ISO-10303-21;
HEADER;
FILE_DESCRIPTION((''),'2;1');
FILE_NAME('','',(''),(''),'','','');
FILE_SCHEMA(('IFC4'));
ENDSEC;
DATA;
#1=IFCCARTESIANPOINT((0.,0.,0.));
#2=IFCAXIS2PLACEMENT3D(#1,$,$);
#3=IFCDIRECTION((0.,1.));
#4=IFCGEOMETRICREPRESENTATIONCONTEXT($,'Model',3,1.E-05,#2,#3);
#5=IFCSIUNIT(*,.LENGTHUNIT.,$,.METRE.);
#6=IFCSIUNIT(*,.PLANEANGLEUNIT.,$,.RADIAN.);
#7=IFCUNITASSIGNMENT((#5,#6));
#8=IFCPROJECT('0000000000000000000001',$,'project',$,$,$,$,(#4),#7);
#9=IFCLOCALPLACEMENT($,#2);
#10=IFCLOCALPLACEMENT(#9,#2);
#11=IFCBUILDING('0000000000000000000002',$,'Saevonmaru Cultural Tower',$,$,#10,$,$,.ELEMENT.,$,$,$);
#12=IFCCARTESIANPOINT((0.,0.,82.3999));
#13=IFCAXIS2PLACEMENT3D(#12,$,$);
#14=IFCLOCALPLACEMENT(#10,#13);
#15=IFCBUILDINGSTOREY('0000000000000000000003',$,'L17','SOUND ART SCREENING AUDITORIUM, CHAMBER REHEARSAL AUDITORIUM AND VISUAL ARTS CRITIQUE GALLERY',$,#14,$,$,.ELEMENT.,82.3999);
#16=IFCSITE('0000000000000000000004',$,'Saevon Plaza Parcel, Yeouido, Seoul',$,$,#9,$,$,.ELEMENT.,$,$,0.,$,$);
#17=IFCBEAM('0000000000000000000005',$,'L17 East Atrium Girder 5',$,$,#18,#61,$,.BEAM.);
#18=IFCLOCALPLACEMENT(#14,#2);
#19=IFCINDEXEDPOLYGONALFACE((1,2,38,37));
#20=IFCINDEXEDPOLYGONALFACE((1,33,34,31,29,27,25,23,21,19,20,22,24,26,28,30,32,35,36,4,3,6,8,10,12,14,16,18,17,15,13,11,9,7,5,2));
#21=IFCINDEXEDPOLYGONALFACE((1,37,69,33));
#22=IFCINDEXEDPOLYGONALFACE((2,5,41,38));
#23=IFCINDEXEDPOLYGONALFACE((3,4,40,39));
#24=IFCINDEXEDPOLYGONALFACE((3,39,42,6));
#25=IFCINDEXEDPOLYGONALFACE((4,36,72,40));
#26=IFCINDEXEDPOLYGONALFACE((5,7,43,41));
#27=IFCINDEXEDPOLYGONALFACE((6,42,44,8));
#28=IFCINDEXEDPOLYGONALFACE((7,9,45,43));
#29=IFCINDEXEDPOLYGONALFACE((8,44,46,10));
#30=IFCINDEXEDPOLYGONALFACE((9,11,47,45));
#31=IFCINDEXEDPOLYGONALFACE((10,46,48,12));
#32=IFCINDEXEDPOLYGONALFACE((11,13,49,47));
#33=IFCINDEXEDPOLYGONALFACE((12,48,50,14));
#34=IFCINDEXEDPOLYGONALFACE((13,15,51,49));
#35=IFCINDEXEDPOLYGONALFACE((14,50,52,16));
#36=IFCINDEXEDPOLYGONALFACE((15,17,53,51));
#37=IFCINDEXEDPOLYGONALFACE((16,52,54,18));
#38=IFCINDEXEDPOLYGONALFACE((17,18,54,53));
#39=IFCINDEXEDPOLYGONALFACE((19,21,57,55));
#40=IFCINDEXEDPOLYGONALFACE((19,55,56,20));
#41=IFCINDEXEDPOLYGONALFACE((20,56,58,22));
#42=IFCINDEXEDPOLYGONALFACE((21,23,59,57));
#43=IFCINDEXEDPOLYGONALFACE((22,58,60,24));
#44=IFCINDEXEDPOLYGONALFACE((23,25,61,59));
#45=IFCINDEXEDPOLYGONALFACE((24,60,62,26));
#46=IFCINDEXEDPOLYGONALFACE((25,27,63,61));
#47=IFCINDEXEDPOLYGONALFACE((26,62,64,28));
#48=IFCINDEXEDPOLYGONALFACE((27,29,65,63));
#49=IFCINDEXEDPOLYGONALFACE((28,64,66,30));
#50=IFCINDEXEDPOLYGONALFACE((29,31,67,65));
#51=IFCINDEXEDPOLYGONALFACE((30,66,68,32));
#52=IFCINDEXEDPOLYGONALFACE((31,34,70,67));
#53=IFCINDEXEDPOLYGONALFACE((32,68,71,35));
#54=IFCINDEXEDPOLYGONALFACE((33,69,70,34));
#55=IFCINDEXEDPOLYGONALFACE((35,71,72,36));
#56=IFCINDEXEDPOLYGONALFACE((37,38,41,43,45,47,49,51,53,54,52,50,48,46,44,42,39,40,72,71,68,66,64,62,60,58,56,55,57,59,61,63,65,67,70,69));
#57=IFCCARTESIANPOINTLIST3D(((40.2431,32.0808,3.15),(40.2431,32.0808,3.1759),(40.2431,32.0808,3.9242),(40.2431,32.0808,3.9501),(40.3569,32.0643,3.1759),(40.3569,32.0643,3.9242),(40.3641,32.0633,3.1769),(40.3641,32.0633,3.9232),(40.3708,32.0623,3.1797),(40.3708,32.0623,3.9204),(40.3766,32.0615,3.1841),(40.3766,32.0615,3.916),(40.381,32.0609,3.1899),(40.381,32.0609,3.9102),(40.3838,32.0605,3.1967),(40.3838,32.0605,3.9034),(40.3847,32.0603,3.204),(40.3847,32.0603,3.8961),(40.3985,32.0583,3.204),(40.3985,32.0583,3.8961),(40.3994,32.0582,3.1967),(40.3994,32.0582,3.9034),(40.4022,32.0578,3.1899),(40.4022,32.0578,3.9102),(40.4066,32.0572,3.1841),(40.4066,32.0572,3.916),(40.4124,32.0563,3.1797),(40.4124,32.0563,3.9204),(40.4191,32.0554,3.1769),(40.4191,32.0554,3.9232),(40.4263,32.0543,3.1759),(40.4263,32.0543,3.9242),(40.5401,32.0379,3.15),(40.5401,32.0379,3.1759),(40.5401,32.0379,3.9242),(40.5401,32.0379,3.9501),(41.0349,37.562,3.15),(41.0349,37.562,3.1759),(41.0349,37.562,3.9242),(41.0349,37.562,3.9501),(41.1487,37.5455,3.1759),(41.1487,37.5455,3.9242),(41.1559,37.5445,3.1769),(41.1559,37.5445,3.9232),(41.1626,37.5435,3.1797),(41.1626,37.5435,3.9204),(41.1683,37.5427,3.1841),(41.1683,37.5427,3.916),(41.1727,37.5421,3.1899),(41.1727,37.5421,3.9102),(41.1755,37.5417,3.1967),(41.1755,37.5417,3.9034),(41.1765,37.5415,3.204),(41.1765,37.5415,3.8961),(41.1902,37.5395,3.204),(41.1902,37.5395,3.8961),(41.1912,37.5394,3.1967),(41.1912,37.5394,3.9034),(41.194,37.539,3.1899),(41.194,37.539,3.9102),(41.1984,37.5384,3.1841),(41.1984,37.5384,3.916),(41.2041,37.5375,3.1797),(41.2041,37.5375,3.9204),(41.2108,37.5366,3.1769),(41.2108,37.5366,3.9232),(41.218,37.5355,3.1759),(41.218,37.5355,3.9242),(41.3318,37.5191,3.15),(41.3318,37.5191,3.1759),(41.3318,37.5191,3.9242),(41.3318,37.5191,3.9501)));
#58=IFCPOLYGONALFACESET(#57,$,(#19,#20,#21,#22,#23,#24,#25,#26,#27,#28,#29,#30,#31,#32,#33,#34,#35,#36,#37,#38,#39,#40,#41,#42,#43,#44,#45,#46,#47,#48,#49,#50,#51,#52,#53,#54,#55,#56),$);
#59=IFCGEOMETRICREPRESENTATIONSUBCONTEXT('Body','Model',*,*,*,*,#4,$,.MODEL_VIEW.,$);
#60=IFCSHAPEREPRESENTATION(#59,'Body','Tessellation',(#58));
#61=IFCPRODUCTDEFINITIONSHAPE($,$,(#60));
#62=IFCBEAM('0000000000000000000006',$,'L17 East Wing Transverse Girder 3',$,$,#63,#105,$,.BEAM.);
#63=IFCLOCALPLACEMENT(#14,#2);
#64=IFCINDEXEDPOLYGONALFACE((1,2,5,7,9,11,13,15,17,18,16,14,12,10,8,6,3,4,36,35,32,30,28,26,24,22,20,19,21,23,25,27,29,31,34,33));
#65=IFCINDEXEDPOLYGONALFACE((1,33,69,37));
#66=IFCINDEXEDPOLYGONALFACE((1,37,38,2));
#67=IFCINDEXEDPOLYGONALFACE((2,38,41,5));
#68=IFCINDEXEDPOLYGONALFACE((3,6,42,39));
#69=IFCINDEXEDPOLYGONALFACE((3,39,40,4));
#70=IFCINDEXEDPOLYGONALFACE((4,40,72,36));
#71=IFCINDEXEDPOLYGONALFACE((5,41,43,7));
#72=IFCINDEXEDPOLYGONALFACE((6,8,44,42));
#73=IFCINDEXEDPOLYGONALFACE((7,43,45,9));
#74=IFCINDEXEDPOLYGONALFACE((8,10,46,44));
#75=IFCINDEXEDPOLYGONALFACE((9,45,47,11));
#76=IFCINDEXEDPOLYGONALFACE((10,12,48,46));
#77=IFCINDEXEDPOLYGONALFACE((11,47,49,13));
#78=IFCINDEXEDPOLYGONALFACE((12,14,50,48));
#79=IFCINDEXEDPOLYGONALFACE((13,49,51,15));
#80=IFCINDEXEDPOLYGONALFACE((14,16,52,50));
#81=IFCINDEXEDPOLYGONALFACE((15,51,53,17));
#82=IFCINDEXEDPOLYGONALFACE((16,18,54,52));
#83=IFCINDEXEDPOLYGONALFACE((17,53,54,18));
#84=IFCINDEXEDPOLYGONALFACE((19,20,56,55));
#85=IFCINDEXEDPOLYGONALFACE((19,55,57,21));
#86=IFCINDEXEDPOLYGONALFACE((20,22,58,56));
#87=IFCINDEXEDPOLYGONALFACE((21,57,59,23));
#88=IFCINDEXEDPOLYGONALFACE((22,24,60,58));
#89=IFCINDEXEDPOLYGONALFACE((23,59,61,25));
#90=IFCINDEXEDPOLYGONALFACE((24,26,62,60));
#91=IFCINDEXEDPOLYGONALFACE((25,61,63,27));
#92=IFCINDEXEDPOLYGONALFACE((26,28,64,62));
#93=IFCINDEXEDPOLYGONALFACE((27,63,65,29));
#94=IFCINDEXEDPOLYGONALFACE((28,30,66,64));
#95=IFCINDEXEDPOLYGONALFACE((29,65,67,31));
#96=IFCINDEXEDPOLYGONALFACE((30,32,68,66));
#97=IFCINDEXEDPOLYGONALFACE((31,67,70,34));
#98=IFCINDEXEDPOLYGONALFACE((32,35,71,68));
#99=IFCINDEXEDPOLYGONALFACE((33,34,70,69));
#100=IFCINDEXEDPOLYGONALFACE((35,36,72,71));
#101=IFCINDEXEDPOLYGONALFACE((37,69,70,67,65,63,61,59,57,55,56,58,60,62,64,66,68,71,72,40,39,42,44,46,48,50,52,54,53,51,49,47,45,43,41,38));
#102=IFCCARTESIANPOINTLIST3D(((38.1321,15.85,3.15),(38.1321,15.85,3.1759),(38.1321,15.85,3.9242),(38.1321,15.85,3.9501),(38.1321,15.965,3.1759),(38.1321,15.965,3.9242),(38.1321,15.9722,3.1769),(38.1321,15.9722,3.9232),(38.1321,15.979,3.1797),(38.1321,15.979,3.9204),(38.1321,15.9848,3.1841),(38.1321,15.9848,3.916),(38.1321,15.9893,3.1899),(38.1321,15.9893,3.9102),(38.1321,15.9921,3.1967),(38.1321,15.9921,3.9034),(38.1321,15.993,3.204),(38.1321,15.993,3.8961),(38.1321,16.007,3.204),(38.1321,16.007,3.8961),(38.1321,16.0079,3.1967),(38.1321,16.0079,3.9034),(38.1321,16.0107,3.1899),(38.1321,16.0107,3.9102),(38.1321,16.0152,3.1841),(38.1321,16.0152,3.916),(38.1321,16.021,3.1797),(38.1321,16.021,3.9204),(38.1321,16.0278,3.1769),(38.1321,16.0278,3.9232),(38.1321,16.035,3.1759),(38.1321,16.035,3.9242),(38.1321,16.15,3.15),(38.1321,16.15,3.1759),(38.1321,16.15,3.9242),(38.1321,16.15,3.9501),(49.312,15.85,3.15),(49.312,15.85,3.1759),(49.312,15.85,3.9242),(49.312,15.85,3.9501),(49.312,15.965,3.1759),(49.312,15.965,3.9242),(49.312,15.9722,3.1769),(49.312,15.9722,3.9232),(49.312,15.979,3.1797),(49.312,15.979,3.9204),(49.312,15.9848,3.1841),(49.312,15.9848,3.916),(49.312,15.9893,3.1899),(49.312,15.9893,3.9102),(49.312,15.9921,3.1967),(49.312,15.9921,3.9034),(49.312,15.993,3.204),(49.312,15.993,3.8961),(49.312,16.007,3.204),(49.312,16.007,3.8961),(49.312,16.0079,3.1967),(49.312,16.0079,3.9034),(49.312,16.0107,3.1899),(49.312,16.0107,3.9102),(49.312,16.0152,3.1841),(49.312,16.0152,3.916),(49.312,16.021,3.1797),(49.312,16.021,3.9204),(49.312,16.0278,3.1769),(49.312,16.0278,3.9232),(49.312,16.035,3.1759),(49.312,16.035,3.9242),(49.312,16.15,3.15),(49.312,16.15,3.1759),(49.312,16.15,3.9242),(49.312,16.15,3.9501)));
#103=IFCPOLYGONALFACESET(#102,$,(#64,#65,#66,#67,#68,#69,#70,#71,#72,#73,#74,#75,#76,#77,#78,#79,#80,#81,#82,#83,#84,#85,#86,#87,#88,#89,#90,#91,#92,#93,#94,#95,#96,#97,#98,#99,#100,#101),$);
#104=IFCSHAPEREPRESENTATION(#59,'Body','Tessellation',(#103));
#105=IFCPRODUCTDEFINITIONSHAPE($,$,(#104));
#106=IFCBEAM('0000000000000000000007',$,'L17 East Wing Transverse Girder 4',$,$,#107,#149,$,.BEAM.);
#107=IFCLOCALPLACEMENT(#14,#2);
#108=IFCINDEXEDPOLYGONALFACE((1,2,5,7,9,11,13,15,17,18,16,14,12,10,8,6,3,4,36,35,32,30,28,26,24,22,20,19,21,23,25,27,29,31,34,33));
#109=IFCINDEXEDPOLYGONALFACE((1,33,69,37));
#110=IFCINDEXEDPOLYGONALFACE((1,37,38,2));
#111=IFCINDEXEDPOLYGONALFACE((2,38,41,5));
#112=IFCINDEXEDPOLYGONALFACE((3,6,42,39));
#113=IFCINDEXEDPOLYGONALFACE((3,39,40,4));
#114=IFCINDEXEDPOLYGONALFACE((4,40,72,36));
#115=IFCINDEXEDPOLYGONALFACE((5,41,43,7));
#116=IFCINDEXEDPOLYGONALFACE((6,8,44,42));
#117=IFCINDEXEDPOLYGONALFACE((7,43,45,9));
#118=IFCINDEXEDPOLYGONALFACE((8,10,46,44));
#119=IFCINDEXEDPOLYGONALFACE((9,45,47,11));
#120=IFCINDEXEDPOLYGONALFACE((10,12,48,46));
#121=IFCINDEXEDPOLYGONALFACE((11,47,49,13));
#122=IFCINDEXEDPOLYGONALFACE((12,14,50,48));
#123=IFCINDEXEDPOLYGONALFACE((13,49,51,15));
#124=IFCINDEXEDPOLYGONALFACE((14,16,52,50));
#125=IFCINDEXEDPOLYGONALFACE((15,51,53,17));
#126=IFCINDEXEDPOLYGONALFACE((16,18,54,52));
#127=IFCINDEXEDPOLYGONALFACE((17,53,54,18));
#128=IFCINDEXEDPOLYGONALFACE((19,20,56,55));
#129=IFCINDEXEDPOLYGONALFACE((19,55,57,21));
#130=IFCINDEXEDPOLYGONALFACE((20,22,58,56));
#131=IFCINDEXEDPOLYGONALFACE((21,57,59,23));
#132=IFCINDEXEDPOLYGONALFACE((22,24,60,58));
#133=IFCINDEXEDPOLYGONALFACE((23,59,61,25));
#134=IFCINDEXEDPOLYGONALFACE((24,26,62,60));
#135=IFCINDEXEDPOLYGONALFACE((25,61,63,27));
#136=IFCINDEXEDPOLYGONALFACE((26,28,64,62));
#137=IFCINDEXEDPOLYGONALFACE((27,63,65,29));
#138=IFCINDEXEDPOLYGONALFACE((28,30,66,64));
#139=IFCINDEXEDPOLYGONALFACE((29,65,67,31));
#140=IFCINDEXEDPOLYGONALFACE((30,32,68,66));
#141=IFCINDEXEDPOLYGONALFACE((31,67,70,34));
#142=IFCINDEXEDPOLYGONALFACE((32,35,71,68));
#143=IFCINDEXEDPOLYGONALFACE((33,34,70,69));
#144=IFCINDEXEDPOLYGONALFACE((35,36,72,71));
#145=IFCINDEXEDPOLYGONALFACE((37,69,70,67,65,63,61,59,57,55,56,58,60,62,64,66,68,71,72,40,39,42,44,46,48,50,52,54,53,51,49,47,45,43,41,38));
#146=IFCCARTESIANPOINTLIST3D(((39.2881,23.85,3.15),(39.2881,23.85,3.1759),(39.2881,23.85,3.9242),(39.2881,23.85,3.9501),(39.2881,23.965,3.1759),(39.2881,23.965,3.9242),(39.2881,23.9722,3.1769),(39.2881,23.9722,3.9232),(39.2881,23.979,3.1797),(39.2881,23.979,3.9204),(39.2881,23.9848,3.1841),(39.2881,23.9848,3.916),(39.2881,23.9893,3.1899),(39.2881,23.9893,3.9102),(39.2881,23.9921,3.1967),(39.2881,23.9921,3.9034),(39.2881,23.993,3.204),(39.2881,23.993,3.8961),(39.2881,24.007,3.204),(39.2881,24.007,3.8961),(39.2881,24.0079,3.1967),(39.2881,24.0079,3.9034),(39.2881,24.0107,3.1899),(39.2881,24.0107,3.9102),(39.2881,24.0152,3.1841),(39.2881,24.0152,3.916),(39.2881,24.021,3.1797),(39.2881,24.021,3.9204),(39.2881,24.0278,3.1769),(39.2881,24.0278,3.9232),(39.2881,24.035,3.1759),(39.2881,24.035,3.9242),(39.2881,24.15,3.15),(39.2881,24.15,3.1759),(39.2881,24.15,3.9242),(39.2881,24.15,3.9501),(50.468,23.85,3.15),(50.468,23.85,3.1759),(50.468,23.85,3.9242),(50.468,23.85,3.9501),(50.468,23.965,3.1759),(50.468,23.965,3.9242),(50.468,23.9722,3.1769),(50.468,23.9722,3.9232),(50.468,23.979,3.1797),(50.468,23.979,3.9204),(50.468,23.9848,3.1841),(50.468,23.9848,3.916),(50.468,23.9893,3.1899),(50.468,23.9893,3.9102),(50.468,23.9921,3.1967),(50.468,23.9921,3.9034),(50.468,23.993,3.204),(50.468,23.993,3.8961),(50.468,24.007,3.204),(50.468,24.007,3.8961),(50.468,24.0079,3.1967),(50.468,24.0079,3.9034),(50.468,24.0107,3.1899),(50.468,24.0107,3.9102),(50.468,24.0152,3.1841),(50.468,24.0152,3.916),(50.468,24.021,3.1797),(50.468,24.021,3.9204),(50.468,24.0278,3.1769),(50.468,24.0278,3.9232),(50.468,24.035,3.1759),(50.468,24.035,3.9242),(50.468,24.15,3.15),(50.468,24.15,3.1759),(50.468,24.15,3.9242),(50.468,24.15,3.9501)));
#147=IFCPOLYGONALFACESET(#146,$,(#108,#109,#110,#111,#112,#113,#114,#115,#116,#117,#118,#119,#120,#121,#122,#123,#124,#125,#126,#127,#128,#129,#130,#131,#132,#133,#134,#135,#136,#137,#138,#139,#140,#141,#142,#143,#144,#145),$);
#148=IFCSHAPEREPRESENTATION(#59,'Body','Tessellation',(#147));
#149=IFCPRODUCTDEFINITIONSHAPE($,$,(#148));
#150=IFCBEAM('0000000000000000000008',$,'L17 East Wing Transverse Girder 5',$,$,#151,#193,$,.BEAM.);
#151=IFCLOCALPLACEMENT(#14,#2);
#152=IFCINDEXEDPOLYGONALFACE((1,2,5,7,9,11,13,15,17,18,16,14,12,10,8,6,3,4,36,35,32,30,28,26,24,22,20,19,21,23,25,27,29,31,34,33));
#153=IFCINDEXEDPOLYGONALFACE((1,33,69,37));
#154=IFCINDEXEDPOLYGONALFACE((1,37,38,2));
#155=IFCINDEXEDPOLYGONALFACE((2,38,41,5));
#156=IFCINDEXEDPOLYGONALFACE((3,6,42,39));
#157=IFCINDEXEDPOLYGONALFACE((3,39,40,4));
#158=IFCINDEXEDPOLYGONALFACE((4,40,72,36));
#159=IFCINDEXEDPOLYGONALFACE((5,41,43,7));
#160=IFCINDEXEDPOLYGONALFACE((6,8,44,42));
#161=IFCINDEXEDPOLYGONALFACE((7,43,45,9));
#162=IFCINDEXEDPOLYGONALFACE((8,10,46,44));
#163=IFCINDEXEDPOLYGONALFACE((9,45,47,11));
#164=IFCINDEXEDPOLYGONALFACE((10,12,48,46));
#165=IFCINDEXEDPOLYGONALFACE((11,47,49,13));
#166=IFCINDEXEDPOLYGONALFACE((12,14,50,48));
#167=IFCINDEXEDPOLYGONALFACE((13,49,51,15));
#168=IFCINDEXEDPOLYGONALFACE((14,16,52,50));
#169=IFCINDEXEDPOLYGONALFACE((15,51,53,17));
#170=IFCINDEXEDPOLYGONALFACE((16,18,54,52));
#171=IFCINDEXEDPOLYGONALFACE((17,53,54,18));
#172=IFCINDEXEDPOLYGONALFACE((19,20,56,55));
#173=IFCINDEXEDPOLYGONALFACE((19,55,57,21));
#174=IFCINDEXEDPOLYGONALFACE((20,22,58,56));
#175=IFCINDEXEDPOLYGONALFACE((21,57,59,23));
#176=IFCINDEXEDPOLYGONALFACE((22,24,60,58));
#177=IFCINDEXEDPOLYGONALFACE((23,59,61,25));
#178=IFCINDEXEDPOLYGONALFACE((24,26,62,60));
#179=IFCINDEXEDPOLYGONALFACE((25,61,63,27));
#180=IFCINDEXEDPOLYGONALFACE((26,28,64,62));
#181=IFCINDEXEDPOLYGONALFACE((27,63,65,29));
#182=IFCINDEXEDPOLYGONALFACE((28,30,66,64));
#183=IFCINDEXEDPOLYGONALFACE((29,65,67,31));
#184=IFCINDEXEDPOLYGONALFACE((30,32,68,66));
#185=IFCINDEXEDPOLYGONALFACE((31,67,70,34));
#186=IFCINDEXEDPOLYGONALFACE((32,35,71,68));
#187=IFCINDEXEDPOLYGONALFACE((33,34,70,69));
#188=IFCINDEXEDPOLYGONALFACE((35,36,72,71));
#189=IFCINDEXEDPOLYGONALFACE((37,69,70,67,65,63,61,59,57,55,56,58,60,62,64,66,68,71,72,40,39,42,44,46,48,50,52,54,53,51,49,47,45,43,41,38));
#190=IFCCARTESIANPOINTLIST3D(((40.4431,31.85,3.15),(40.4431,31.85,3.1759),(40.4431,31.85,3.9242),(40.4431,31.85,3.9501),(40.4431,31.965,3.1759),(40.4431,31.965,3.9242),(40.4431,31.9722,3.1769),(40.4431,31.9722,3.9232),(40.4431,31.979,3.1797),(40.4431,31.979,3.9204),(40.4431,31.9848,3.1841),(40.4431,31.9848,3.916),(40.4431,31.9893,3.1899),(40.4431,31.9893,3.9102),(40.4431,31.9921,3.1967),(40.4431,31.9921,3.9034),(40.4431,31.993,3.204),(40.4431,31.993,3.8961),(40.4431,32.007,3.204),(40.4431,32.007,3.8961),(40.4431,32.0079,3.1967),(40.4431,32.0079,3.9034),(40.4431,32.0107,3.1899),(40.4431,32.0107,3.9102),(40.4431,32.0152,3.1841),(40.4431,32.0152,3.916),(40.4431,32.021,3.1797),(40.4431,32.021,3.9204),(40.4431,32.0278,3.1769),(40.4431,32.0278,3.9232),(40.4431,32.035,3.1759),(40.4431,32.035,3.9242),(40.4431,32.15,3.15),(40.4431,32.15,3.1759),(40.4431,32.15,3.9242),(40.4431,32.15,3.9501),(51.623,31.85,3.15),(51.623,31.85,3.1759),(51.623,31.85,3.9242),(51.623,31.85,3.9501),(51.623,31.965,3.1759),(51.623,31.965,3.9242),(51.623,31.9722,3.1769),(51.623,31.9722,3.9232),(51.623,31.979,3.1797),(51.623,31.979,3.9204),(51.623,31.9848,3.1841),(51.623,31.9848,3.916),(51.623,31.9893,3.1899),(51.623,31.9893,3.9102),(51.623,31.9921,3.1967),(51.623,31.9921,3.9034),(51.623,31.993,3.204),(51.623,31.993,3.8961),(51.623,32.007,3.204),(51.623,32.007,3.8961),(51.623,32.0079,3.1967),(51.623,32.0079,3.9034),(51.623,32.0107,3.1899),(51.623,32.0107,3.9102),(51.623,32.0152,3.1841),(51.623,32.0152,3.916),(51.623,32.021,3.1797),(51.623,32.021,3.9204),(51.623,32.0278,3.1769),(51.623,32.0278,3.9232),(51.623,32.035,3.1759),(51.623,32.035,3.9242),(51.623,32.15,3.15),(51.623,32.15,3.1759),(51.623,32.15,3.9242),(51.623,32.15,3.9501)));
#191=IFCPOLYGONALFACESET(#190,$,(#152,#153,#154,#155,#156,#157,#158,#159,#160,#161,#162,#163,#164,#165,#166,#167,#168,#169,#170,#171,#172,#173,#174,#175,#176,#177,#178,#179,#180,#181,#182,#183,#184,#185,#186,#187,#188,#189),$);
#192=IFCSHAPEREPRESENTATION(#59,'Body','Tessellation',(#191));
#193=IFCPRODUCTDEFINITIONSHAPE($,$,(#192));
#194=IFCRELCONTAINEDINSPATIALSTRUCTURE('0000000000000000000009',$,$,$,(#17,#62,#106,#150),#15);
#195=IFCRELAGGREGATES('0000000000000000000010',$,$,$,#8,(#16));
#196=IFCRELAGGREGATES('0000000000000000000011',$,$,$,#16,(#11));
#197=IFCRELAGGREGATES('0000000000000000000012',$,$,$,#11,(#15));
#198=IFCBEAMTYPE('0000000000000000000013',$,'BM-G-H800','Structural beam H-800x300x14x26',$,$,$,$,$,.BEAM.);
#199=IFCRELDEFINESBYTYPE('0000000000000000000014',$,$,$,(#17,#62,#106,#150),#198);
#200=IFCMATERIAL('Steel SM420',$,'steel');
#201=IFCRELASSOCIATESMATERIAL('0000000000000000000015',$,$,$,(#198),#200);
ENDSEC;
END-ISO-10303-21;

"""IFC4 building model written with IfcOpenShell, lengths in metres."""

from ifc_helpers import new_model, si_unit, direction, frame, origin, origin_2d, place, context, subcontext, project, spatial, i_section, extrude, material, material_profile, profile_set, type_object, element, save


model = new_model("IFC4")

# Units and contexts
model_context = context("Model", 3, precision=1e-05, world=origin(), true_north=direction((0.0, 1.0)))
body_context = subcontext(model_context, "Body", "Model", "MODEL_VIEW")
ifc_project = project(units=[si_unit("LENGTHUNIT", "METRE"), si_unit("PLANEANGLEUNIT", "RADIAN")], contexts=[model_context])

# Site, building, storey
site_placement = place(None, origin())
site = spatial("IfcSite", under=ifc_project, at=site_placement, Name="Saevon Plaza Parcel, Yeouido, Seoul", CompositionType="ELEMENT", RefElevation=0.0)
building_placement = place(site_placement, origin())
building = spatial("IfcBuilding", under=site, at=building_placement, Name="Saevonmaru Cultural Tower", CompositionType="ELEMENT")
storey_placement = place(building_placement, frame((0.0, 0.0, 82.3999)))
storey = spatial("IfcBuildingStorey", under=building, at=storey_placement, Name="L17", Description="SOUND ART SCREENING AUDITORIUM, CHAMBER REHEARSAL AUDITORIUM AND VISUAL ARTS CRITIQUE GALLERY", CompositionType="ELEMENT", Elevation=82.3999)

# Shared definitions
ifc_material_1 = material(Name="Steel SM420", Category="steel")

# Beams
ifc_material_profile_1 = material_profile(ifc_material_1, i_section(OverallWidth=0.3, OverallDepth=0.8, WebThickness=0.0139, FlangeThickness=0.0259, FilletRadius=0.0281, at=origin_2d()), Name="H-800x300x14x26")
ifc_profile_set_1 = profile_set([ifc_material_profile_1], Name="Steel SM420")
beam_type_1 = type_object("IfcBeamType", Name="BM-G-H800", Description="Structural beam H-800x300x14x26", PredefinedType="BEAM", material=ifc_profile_set_1)
beam_1_placement = place(storey_placement, frame((40.3916, 32.0593, 3.55), z_axis=(0.142964, 0.989728, 0.0), x_axis=(-0.989728, 0.142964, 0.0)))
element("IfcBeam", 1, at=beam_1_placement, inside=storey, type_object=beam_type_1, Name="L17 East Atrium Girder 5", PredefinedType="BEAM", context=body_context, shape_type="SweptSolid", body=[
    extrude(i_section(OverallWidth=0.3, OverallDepth=0.8, WebThickness=0.0139, FlangeThickness=0.0259, FilletRadius=0.0281, at=origin_2d()), origin(), (0.0, 0.0, 1.0), 5.5381),
])
for number, where, z_axis, x_axis, name in (
    (2, (38.1321, 16.0, 3.55), (1.0, 0.0, 0.0), (0.0, 1.0, 0.0), "L17 East Wing Transverse Girder 3"),
    (3, (39.2881, 24.0, 3.55), (1.0, 0.0, 0.0), (0.0, 1.0, 0.0), "L17 East Wing Transverse Girder 4"),
    (4, (40.4431, 32.0, 3.55), (1.0, 0.0, 0.0), (0.0, 1.0, 0.0), "L17 East Wing Transverse Girder 5"),
):
    element("IfcBeam", number, at=place(storey_placement, frame(where, z_axis=z_axis, x_axis=x_axis)), inside=storey, type_object=beam_type_1, Name=name, PredefinedType="BEAM", context=body_context, shape_type="SweptSolid", body=[
        extrude(i_section(OverallWidth=0.3, OverallDepth=0.8, WebThickness=0.0139, FlangeThickness=0.0259, FilletRadius=0.0281, at=origin_2d()), origin(), (0.0, 0.0, 1.0), 11.1799),
    ])

save(model, "model.ifc")
